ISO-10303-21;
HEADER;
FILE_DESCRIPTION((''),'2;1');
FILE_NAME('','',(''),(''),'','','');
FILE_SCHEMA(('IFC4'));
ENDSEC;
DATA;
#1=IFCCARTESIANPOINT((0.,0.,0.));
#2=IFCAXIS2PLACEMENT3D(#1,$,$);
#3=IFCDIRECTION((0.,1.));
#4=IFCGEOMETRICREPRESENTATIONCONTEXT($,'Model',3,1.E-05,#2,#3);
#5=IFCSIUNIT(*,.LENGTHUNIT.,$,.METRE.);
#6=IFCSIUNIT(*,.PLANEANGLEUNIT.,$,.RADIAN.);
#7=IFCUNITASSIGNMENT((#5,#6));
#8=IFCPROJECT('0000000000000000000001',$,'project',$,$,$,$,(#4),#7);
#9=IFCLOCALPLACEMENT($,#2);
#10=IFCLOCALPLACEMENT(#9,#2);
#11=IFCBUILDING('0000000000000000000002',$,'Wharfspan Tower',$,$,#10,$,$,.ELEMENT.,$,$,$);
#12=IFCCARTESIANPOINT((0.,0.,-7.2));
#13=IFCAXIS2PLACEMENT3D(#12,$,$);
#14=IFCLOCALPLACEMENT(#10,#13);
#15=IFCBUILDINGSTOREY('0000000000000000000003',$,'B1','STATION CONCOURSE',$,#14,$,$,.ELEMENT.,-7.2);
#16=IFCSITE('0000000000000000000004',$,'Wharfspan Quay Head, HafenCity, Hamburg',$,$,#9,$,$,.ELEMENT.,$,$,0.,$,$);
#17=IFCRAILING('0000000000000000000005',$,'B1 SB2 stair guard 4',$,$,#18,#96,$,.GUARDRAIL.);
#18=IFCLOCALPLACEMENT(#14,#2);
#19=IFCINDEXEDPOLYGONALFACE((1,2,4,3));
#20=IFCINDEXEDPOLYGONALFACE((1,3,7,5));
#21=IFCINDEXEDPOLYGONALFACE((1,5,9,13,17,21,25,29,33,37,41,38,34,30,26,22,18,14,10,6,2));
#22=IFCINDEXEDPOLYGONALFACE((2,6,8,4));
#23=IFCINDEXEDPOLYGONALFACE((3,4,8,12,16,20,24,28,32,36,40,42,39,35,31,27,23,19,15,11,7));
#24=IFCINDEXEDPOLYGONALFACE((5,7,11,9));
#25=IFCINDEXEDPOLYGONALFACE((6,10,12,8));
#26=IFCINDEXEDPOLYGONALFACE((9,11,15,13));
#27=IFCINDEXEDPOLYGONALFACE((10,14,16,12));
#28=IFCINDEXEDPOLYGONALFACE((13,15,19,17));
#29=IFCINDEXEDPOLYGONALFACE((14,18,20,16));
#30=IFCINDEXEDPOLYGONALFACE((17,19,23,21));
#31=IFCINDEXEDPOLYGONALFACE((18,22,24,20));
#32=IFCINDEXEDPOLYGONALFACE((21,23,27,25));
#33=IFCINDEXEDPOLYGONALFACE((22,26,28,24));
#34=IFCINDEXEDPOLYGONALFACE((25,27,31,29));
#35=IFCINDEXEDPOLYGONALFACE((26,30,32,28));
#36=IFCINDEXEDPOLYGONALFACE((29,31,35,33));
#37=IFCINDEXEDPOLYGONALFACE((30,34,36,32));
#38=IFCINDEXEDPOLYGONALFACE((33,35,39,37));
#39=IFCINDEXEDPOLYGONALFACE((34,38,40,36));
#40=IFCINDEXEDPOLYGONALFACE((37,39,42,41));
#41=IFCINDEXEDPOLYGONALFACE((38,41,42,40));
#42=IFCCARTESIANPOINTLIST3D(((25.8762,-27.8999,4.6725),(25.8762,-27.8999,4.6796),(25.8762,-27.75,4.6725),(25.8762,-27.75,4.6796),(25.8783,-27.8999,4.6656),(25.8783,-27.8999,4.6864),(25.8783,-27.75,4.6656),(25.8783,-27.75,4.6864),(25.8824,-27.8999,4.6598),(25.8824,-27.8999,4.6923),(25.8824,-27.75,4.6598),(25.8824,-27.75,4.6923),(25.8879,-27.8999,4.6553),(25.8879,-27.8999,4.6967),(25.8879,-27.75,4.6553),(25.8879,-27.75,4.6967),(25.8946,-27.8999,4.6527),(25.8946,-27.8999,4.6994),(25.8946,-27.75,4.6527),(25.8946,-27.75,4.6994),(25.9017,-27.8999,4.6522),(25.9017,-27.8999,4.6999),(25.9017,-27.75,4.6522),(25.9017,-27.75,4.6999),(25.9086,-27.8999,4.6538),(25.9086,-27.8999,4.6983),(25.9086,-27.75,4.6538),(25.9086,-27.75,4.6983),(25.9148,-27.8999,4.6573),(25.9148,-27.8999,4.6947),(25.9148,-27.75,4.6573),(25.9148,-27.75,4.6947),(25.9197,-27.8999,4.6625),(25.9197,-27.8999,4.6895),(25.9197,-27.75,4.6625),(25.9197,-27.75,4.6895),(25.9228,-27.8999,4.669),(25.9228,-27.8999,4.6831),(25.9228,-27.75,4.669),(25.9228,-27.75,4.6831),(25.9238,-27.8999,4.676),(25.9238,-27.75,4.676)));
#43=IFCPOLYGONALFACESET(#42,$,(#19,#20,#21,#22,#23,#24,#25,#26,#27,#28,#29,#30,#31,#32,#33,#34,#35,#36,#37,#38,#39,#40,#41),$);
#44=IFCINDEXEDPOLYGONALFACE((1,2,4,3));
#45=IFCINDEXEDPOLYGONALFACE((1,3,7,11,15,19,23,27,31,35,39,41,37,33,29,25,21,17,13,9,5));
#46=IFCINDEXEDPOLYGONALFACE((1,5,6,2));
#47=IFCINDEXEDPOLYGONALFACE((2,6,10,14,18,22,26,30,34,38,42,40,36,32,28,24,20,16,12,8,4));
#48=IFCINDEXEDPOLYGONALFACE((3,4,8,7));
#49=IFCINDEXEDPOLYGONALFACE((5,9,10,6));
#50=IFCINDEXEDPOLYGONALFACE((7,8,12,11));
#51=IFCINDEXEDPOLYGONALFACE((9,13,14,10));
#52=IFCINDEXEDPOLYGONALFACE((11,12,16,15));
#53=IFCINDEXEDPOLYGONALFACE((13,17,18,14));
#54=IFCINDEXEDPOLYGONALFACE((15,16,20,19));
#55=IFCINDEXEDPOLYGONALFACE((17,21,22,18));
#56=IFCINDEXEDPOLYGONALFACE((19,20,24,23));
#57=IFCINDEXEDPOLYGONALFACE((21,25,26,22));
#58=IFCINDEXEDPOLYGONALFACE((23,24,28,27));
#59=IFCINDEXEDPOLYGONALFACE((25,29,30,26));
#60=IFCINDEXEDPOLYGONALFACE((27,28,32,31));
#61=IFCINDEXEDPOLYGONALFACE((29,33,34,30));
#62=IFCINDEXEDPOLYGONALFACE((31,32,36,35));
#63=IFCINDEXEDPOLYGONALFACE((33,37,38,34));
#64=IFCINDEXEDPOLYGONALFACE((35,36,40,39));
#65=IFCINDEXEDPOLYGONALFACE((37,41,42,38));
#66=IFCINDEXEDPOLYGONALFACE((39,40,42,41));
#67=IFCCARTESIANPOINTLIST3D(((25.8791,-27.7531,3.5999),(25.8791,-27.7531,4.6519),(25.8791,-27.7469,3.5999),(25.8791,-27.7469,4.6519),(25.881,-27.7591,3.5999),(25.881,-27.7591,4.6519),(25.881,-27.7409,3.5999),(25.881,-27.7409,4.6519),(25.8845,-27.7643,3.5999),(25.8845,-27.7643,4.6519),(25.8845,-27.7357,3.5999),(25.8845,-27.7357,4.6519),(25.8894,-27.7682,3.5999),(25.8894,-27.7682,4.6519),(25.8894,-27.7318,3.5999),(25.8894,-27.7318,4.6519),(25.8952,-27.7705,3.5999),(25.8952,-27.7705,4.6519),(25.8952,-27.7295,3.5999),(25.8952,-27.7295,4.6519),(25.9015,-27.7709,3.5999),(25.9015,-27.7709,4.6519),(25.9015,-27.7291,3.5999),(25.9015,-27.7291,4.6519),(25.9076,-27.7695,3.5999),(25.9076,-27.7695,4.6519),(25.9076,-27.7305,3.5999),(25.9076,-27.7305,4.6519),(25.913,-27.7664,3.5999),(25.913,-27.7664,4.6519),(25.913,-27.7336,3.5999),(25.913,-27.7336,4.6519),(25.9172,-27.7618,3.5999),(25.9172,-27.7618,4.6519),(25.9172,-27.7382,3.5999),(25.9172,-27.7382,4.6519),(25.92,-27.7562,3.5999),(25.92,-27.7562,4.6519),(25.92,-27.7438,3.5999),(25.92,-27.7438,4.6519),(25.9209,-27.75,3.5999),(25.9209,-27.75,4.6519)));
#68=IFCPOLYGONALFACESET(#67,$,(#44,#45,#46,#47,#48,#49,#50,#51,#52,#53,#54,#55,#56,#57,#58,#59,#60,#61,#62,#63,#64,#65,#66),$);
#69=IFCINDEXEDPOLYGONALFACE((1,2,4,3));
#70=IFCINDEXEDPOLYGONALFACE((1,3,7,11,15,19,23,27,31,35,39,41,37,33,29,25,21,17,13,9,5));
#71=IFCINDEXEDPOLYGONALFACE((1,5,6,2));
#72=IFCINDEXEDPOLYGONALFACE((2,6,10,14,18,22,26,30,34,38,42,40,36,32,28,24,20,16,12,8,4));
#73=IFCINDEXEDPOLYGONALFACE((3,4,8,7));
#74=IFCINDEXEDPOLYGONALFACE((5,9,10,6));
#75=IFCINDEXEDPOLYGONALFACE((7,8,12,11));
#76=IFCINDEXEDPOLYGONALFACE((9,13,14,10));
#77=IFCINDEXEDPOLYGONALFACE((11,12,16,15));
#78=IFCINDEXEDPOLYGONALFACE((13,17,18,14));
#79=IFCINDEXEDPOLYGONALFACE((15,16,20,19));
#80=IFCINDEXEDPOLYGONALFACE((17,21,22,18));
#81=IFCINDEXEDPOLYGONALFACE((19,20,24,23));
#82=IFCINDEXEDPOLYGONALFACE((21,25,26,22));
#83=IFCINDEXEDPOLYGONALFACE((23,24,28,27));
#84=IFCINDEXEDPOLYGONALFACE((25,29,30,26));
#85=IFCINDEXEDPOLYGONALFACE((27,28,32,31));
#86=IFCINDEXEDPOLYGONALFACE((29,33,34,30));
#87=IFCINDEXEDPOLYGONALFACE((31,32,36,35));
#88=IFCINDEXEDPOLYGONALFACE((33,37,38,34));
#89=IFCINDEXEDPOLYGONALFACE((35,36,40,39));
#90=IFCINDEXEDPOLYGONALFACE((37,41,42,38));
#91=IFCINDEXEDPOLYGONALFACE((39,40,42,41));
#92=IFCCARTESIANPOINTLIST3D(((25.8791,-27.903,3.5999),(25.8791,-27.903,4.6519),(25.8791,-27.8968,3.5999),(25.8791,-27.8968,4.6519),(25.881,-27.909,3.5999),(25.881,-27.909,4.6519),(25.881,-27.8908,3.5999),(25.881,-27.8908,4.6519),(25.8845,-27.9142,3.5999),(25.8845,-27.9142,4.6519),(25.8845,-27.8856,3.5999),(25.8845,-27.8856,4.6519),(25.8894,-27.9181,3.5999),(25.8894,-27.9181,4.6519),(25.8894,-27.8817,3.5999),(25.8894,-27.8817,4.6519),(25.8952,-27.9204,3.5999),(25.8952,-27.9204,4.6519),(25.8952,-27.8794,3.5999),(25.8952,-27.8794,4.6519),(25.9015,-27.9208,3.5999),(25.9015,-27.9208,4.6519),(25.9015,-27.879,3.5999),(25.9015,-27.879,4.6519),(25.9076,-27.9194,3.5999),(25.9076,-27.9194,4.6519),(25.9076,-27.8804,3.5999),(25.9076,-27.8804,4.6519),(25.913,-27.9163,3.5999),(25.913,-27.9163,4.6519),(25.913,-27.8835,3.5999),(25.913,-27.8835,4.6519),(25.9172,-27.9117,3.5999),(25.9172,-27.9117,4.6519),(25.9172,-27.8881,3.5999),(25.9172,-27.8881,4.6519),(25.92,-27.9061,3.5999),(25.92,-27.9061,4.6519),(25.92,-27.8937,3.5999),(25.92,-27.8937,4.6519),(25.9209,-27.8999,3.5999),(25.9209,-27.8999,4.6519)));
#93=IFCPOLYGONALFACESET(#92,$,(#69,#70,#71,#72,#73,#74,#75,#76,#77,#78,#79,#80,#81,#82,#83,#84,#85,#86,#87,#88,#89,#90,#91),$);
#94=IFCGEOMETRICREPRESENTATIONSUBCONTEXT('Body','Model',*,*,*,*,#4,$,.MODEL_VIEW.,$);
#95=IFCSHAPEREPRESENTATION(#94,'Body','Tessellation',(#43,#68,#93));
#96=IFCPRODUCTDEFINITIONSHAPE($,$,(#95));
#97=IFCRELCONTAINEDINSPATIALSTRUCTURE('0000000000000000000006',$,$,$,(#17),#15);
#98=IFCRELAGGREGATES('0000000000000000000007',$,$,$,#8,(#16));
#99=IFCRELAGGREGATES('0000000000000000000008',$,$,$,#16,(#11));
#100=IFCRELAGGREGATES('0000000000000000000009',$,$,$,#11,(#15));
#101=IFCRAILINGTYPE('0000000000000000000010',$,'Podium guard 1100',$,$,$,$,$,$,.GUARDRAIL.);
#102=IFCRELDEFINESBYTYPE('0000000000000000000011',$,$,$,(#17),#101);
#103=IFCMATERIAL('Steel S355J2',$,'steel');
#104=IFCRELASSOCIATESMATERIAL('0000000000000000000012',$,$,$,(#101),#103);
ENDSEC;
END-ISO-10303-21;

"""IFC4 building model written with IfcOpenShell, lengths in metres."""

from ifc_helpers import new_model, si_unit, direction, frame, origin, origin_2d, place, context, subcontext, project, spatial, circle, extrude, material, type_object, element, save


model = new_model("IFC4")

# Units and contexts
model_context = context("Model", 3, precision=1e-05, world=origin(), true_north=direction((0.0, 1.0)))
body_context = subcontext(model_context, "Body", "Model", "MODEL_VIEW")
ifc_project = project(units=[si_unit("LENGTHUNIT", "METRE"), si_unit("PLANEANGLEUNIT", "RADIAN")], contexts=[model_context])

# Site, building, storey
site_placement = place(None, origin())
site = spatial("IfcSite", under=ifc_project, at=site_placement, Name="Wharfspan Quay Head, HafenCity, Hamburg", CompositionType="ELEMENT", RefElevation=0.0)
building_placement = place(site_placement, origin())
building = spatial("IfcBuilding", under=site, at=building_placement, Name="Wharfspan Tower", CompositionType="ELEMENT")
storey_placement = place(building_placement, frame((0.0, 0.0, -7.2)))
storey = spatial("IfcBuildingStorey", under=building, at=storey_placement, Name="B1", Description="STATION CONCOURSE", CompositionType="ELEMENT", Elevation=-7.2)

# Railing
ifc_material_1 = material(Name="Steel S355J2", Category="steel")
railing_type_1 = type_object("IfcRailingType", Name="Podium guard 1100", PredefinedType="GUARDRAIL", material=ifc_material_1)
railing_1_placement = place(storey_placement, frame((25.8999, -27.75, 3.5999)))
element("IfcRailing", 1, at=railing_1_placement, inside=storey, type_object=railing_type_1, Name="B1 SB2 stair guard 4", PredefinedType="GUARDRAIL", context=body_context, shape_type="SweptSolid", body=[
    extrude(circle(Radius=0.0239, at=origin_2d()), frame((0.0, 0.0, 1.0762), z_axis=(0.0, -1.0, 0.0), x_axis=(1.0, 0.0, 0.0)), (0.0, 0.0, 1.0), 0.1499),
    extrude(circle(Radius=0.021, at=origin_2d()), origin(), (0.0, 0.0, 1.0), 1.052),
    extrude(circle(Radius=0.021, at=origin_2d()), frame((0.0, -0.1499, 0.0)), (0.0, 0.0, 1.0), 1.052),
])

save(model, "model.ifc")
